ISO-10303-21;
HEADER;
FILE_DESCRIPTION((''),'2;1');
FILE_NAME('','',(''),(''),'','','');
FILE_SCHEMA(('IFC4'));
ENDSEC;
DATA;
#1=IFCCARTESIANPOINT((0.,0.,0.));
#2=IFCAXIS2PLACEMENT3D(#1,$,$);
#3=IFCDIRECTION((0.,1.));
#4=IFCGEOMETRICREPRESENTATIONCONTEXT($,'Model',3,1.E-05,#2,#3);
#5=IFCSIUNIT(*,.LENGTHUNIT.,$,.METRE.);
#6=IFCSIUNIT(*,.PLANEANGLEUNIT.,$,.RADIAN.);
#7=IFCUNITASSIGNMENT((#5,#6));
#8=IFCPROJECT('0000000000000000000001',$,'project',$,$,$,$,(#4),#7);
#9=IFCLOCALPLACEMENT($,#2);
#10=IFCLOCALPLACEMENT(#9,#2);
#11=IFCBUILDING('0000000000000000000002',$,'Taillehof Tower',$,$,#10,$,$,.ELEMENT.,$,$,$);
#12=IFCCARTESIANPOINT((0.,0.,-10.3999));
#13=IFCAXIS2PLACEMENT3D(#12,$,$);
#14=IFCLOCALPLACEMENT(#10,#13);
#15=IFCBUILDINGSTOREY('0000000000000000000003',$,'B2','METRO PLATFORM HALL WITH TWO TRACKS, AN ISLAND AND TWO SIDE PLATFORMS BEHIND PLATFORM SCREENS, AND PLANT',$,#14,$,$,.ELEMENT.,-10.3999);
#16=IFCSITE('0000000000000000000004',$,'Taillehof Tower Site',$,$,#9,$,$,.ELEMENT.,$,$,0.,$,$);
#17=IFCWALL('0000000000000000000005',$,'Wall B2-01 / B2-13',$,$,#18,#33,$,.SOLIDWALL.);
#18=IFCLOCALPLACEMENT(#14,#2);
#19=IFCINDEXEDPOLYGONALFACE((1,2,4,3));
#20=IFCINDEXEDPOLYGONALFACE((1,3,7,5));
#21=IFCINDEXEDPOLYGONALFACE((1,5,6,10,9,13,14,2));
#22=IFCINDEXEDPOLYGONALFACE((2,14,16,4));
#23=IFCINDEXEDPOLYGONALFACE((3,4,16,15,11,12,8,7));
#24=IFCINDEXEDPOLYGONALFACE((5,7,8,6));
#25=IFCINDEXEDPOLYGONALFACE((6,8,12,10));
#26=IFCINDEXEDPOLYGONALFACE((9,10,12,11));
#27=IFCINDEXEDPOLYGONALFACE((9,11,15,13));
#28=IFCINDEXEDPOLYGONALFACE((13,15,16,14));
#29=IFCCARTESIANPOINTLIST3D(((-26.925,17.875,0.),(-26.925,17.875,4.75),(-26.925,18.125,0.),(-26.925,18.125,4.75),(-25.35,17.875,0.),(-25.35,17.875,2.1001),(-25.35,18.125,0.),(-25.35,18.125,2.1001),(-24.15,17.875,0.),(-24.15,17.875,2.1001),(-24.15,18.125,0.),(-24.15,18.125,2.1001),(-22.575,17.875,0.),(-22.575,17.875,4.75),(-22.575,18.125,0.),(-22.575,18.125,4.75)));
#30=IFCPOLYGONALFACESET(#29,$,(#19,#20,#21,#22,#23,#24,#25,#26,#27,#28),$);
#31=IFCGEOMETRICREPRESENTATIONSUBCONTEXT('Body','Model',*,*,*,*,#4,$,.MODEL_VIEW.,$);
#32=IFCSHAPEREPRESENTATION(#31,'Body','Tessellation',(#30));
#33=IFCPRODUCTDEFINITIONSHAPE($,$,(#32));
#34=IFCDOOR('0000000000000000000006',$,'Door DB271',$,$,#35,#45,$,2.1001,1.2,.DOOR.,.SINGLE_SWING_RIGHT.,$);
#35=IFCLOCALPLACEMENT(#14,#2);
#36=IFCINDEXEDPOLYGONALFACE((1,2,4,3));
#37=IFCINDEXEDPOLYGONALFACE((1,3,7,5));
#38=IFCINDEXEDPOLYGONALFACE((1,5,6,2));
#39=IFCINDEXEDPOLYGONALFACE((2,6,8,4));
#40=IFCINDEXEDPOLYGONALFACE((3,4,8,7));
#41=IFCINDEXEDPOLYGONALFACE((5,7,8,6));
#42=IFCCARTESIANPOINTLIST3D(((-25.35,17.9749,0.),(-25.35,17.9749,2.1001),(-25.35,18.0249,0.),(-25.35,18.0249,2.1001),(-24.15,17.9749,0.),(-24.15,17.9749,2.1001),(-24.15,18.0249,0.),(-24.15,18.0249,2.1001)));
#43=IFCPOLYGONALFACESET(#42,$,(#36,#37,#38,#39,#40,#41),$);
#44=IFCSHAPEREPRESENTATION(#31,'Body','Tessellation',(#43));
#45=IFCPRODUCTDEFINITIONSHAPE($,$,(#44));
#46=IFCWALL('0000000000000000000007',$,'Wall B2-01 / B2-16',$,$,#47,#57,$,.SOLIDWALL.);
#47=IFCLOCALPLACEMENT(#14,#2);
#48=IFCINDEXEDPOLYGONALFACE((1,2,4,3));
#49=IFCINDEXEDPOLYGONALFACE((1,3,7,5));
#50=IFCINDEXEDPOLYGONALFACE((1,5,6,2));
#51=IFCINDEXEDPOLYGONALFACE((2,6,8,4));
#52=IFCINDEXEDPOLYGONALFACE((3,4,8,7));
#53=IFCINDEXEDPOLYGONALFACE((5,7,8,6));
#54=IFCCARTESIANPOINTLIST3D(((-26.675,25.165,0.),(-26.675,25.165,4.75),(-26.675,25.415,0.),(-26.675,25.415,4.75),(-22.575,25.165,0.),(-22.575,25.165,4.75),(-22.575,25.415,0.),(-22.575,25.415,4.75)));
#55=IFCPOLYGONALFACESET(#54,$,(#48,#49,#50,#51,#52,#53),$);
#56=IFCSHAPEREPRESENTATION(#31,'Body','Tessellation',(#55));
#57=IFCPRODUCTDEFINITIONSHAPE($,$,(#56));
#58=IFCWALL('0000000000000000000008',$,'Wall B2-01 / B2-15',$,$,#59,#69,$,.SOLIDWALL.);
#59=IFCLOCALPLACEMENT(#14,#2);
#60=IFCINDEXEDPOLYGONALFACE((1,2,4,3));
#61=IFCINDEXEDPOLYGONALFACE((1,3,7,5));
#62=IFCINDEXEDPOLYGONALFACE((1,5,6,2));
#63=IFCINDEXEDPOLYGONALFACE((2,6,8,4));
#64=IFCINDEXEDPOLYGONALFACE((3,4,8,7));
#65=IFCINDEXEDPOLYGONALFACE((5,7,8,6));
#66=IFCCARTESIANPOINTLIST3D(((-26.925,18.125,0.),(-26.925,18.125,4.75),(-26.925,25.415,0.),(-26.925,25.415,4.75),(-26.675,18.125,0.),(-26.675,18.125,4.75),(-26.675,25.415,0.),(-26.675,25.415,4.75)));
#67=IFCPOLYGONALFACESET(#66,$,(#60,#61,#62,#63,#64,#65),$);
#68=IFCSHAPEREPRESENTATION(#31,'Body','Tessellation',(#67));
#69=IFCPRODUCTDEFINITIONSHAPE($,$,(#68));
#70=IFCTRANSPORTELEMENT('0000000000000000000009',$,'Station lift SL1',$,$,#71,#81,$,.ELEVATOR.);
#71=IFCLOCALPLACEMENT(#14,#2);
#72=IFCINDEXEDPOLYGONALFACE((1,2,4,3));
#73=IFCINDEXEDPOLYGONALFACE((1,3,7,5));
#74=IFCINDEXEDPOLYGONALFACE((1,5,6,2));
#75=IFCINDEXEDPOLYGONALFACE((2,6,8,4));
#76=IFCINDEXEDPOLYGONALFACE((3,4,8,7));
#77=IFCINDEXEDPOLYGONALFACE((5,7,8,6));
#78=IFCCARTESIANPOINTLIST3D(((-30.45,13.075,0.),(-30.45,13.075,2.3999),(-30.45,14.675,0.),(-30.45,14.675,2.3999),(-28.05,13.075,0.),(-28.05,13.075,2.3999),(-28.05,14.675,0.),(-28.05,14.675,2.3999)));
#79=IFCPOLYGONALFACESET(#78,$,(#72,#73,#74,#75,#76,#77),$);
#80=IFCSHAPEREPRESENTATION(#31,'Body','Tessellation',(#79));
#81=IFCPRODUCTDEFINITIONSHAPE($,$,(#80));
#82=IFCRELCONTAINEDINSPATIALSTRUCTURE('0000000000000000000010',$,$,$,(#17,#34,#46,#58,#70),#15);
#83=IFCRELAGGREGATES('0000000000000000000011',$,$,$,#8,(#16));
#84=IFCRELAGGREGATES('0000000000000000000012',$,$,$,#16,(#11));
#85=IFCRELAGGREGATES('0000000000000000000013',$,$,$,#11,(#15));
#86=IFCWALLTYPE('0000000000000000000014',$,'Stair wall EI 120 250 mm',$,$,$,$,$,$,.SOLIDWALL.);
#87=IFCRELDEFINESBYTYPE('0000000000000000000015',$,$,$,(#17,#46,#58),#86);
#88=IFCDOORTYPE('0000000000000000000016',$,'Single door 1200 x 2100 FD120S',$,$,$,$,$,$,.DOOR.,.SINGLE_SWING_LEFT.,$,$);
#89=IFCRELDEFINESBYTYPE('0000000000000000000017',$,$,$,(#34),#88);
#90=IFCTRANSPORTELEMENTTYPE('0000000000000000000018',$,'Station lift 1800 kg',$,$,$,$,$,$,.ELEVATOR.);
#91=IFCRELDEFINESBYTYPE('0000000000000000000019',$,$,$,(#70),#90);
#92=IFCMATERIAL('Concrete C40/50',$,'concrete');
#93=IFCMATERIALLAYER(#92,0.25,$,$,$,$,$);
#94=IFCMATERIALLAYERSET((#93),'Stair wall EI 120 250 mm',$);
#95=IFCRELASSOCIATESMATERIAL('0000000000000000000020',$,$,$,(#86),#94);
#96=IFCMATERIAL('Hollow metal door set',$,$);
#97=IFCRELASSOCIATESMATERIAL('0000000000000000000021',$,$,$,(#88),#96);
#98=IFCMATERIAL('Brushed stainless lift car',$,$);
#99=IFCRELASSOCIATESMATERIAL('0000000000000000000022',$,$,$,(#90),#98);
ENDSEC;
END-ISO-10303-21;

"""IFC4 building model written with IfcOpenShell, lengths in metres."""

from ifc_helpers import new_model, si_unit, direction, frame, frame_2d, origin, origin_2d, place, context, subcontext, project, spatial, rectangle, extrude, material, layer, layer_set, type_object, element, fill, save


model = new_model("IFC4")

# Units and contexts
model_context = context("Model", 3, precision=1e-05, world=origin(), true_north=direction((0.0, 1.0)))
body_context = subcontext(model_context, "Body", "Model", "MODEL_VIEW")
ifc_project = project(units=[si_unit("LENGTHUNIT", "METRE"), si_unit("PLANEANGLEUNIT", "RADIAN")], contexts=[model_context])

# Site, building, storey
site_placement = place(None, origin())
site = spatial("IfcSite", under=ifc_project, at=site_placement, Name="Taillehof Tower Site", CompositionType="ELEMENT", RefElevation=0.0)
building_placement = place(site_placement, origin())
building = spatial("IfcBuilding", under=site, at=building_placement, Name="Taillehof Tower", CompositionType="ELEMENT")
storey_placement = place(building_placement, frame((0.0, 0.0, -10.3999)))
storey = spatial("IfcBuildingStorey", under=building, at=storey_placement, Name="B2", Description="METRO PLATFORM HALL WITH TWO TRACKS, AN ISLAND AND TWO SIDE PLATFORMS BEHIND PLATFORM SCREENS, AND PLANT", CompositionType="ELEMENT", Elevation=-10.3999)

# Wall, opening, door
ifc_material_1 = material(Name="Concrete C40/50", Category="concrete")
ifc_layer_1 = layer(ifc_material_1, 0.25)
ifc_layer_set_1 = layer_set([ifc_layer_1], Name="Stair wall EI 120 250 mm")
wall_type_1 = type_object("IfcWallType", Name="Stair wall EI 120 250 mm", PredefinedType="SOLIDWALL", material=ifc_layer_set_1)
wall_1_placement = place(storey_placement, frame((-26.925, 18.0, 0.0), z_axis=(0.0, 0.0, 1.0), x_axis=(1.0, 0.0, 0.0)))
wall_1 = element("IfcWall", 1, at=wall_1_placement, inside=storey, type_object=wall_type_1, Name="Wall B2-01 / B2-13", PredefinedType="SOLIDWALL", context=body_context, shape_type="SweptSolid", body=[
    extrude(rectangle(XDim=4.3501, YDim=0.25, at=frame_2d((2.175, 0.0))), origin(), (0.0, 0.0, 1.0), 4.75),
])
opening_1_placement = place(wall_1_placement, frame((1.575, 0.0, 0.0)))
opening_1 = element("IfcOpeningElement", 2, at=opening_1_placement, cuts=wall_1, PredefinedType="OPENING", context=body_context, shape_type="SweptSolid", body=[
    extrude(rectangle(XDim=1.2, YDim=2.1001, at=frame_2d((0.6001, 1.05))), frame((0.0, 0.135, 0.0), z_axis=(0.0, -1.0, 0.0), x_axis=(1.0, 0.0, 0.0)), (0.0, 0.0, 1.0), 0.27),
])
ifc_material_2 = material(Name="Hollow metal door set")
door_type_1 = type_object("IfcDoorType", Name="Single door 1200 x 2100 FD120S", OperationType="SINGLE_SWING_LEFT", PredefinedType="DOOR", material=ifc_material_2)
door_1_placement = place(opening_1_placement, origin())
door_1 = element("IfcDoor", 3, at=door_1_placement, inside=storey, type_object=door_type_1, Name="Door DB271", OperationType="SINGLE_SWING_RIGHT", OverallHeight=2.1001, OverallWidth=1.2, PredefinedType="DOOR", context=body_context, shape_type="SweptSolid", body=[
    extrude(rectangle(XDim=1.2, YDim=2.1001, at=frame_2d((0.6001, 1.05))), frame((0.0, 0.0249, 0.0), z_axis=(0.0, -1.0, 0.0), x_axis=(1.0, 0.0, 0.0)), (0.0, 0.0, 1.0), 0.05),
])
fill(opening_1, door_1)

# Walls
wall_2_placement = place(storey_placement, frame((-26.675, 25.29, 0.0), z_axis=(0.0, 0.0, 1.0), x_axis=(1.0, 0.0, 0.0)))
element("IfcWall", 4, at=wall_2_placement, inside=storey, type_object=wall_type_1, Name="Wall B2-01 / B2-16", PredefinedType="SOLIDWALL", context=body_context, shape_type="SweptSolid", body=[
    extrude(rectangle(XDim=4.1001, YDim=0.25, at=frame_2d((2.05, 0.0))), origin(), (0.0, 0.0, 1.0), 4.75),
])
wall_3_placement = place(storey_placement, frame((-26.8, 18.125, 0.0), z_axis=(0.0, 0.0, 1.0), x_axis=(0.0, 1.0, 0.0)))
element("IfcWall", 5, at=wall_3_placement, inside=storey, type_object=wall_type_1, Name="Wall B2-01 / B2-15", PredefinedType="SOLIDWALL", context=body_context, shape_type="SweptSolid", body=[
    extrude(rectangle(XDim=7.29, YDim=0.25, at=frame_2d((3.645, 0.0))), origin(), (0.0, 0.0, 1.0), 4.75),
])

# Transport element
ifc_material_3 = material(Name="Brushed stainless lift car")
transport_element_type = type_object("IfcTransportElementType", Name="Station lift 1800 kg", PredefinedType="ELEVATOR", material=ifc_material_3)
transport_element_placement = place(storey_placement, frame((-29.25, 13.875, 0.0), z_axis=(0.0, 0.0, 1.0), x_axis=(1.0, 0.0, 0.0)))
element("IfcTransportElement", 6, at=transport_element_placement, inside=storey, type_object=transport_element_type, Name="Station lift SL1", PredefinedType="ELEVATOR", context=body_context, shape_type="SweptSolid", body=[
    extrude(rectangle(XDim=2.3999, YDim=1.6001, at=origin_2d()), origin(), (0.0, 0.0, 1.0), 2.3999),
])

save(model, "model.ifc")
